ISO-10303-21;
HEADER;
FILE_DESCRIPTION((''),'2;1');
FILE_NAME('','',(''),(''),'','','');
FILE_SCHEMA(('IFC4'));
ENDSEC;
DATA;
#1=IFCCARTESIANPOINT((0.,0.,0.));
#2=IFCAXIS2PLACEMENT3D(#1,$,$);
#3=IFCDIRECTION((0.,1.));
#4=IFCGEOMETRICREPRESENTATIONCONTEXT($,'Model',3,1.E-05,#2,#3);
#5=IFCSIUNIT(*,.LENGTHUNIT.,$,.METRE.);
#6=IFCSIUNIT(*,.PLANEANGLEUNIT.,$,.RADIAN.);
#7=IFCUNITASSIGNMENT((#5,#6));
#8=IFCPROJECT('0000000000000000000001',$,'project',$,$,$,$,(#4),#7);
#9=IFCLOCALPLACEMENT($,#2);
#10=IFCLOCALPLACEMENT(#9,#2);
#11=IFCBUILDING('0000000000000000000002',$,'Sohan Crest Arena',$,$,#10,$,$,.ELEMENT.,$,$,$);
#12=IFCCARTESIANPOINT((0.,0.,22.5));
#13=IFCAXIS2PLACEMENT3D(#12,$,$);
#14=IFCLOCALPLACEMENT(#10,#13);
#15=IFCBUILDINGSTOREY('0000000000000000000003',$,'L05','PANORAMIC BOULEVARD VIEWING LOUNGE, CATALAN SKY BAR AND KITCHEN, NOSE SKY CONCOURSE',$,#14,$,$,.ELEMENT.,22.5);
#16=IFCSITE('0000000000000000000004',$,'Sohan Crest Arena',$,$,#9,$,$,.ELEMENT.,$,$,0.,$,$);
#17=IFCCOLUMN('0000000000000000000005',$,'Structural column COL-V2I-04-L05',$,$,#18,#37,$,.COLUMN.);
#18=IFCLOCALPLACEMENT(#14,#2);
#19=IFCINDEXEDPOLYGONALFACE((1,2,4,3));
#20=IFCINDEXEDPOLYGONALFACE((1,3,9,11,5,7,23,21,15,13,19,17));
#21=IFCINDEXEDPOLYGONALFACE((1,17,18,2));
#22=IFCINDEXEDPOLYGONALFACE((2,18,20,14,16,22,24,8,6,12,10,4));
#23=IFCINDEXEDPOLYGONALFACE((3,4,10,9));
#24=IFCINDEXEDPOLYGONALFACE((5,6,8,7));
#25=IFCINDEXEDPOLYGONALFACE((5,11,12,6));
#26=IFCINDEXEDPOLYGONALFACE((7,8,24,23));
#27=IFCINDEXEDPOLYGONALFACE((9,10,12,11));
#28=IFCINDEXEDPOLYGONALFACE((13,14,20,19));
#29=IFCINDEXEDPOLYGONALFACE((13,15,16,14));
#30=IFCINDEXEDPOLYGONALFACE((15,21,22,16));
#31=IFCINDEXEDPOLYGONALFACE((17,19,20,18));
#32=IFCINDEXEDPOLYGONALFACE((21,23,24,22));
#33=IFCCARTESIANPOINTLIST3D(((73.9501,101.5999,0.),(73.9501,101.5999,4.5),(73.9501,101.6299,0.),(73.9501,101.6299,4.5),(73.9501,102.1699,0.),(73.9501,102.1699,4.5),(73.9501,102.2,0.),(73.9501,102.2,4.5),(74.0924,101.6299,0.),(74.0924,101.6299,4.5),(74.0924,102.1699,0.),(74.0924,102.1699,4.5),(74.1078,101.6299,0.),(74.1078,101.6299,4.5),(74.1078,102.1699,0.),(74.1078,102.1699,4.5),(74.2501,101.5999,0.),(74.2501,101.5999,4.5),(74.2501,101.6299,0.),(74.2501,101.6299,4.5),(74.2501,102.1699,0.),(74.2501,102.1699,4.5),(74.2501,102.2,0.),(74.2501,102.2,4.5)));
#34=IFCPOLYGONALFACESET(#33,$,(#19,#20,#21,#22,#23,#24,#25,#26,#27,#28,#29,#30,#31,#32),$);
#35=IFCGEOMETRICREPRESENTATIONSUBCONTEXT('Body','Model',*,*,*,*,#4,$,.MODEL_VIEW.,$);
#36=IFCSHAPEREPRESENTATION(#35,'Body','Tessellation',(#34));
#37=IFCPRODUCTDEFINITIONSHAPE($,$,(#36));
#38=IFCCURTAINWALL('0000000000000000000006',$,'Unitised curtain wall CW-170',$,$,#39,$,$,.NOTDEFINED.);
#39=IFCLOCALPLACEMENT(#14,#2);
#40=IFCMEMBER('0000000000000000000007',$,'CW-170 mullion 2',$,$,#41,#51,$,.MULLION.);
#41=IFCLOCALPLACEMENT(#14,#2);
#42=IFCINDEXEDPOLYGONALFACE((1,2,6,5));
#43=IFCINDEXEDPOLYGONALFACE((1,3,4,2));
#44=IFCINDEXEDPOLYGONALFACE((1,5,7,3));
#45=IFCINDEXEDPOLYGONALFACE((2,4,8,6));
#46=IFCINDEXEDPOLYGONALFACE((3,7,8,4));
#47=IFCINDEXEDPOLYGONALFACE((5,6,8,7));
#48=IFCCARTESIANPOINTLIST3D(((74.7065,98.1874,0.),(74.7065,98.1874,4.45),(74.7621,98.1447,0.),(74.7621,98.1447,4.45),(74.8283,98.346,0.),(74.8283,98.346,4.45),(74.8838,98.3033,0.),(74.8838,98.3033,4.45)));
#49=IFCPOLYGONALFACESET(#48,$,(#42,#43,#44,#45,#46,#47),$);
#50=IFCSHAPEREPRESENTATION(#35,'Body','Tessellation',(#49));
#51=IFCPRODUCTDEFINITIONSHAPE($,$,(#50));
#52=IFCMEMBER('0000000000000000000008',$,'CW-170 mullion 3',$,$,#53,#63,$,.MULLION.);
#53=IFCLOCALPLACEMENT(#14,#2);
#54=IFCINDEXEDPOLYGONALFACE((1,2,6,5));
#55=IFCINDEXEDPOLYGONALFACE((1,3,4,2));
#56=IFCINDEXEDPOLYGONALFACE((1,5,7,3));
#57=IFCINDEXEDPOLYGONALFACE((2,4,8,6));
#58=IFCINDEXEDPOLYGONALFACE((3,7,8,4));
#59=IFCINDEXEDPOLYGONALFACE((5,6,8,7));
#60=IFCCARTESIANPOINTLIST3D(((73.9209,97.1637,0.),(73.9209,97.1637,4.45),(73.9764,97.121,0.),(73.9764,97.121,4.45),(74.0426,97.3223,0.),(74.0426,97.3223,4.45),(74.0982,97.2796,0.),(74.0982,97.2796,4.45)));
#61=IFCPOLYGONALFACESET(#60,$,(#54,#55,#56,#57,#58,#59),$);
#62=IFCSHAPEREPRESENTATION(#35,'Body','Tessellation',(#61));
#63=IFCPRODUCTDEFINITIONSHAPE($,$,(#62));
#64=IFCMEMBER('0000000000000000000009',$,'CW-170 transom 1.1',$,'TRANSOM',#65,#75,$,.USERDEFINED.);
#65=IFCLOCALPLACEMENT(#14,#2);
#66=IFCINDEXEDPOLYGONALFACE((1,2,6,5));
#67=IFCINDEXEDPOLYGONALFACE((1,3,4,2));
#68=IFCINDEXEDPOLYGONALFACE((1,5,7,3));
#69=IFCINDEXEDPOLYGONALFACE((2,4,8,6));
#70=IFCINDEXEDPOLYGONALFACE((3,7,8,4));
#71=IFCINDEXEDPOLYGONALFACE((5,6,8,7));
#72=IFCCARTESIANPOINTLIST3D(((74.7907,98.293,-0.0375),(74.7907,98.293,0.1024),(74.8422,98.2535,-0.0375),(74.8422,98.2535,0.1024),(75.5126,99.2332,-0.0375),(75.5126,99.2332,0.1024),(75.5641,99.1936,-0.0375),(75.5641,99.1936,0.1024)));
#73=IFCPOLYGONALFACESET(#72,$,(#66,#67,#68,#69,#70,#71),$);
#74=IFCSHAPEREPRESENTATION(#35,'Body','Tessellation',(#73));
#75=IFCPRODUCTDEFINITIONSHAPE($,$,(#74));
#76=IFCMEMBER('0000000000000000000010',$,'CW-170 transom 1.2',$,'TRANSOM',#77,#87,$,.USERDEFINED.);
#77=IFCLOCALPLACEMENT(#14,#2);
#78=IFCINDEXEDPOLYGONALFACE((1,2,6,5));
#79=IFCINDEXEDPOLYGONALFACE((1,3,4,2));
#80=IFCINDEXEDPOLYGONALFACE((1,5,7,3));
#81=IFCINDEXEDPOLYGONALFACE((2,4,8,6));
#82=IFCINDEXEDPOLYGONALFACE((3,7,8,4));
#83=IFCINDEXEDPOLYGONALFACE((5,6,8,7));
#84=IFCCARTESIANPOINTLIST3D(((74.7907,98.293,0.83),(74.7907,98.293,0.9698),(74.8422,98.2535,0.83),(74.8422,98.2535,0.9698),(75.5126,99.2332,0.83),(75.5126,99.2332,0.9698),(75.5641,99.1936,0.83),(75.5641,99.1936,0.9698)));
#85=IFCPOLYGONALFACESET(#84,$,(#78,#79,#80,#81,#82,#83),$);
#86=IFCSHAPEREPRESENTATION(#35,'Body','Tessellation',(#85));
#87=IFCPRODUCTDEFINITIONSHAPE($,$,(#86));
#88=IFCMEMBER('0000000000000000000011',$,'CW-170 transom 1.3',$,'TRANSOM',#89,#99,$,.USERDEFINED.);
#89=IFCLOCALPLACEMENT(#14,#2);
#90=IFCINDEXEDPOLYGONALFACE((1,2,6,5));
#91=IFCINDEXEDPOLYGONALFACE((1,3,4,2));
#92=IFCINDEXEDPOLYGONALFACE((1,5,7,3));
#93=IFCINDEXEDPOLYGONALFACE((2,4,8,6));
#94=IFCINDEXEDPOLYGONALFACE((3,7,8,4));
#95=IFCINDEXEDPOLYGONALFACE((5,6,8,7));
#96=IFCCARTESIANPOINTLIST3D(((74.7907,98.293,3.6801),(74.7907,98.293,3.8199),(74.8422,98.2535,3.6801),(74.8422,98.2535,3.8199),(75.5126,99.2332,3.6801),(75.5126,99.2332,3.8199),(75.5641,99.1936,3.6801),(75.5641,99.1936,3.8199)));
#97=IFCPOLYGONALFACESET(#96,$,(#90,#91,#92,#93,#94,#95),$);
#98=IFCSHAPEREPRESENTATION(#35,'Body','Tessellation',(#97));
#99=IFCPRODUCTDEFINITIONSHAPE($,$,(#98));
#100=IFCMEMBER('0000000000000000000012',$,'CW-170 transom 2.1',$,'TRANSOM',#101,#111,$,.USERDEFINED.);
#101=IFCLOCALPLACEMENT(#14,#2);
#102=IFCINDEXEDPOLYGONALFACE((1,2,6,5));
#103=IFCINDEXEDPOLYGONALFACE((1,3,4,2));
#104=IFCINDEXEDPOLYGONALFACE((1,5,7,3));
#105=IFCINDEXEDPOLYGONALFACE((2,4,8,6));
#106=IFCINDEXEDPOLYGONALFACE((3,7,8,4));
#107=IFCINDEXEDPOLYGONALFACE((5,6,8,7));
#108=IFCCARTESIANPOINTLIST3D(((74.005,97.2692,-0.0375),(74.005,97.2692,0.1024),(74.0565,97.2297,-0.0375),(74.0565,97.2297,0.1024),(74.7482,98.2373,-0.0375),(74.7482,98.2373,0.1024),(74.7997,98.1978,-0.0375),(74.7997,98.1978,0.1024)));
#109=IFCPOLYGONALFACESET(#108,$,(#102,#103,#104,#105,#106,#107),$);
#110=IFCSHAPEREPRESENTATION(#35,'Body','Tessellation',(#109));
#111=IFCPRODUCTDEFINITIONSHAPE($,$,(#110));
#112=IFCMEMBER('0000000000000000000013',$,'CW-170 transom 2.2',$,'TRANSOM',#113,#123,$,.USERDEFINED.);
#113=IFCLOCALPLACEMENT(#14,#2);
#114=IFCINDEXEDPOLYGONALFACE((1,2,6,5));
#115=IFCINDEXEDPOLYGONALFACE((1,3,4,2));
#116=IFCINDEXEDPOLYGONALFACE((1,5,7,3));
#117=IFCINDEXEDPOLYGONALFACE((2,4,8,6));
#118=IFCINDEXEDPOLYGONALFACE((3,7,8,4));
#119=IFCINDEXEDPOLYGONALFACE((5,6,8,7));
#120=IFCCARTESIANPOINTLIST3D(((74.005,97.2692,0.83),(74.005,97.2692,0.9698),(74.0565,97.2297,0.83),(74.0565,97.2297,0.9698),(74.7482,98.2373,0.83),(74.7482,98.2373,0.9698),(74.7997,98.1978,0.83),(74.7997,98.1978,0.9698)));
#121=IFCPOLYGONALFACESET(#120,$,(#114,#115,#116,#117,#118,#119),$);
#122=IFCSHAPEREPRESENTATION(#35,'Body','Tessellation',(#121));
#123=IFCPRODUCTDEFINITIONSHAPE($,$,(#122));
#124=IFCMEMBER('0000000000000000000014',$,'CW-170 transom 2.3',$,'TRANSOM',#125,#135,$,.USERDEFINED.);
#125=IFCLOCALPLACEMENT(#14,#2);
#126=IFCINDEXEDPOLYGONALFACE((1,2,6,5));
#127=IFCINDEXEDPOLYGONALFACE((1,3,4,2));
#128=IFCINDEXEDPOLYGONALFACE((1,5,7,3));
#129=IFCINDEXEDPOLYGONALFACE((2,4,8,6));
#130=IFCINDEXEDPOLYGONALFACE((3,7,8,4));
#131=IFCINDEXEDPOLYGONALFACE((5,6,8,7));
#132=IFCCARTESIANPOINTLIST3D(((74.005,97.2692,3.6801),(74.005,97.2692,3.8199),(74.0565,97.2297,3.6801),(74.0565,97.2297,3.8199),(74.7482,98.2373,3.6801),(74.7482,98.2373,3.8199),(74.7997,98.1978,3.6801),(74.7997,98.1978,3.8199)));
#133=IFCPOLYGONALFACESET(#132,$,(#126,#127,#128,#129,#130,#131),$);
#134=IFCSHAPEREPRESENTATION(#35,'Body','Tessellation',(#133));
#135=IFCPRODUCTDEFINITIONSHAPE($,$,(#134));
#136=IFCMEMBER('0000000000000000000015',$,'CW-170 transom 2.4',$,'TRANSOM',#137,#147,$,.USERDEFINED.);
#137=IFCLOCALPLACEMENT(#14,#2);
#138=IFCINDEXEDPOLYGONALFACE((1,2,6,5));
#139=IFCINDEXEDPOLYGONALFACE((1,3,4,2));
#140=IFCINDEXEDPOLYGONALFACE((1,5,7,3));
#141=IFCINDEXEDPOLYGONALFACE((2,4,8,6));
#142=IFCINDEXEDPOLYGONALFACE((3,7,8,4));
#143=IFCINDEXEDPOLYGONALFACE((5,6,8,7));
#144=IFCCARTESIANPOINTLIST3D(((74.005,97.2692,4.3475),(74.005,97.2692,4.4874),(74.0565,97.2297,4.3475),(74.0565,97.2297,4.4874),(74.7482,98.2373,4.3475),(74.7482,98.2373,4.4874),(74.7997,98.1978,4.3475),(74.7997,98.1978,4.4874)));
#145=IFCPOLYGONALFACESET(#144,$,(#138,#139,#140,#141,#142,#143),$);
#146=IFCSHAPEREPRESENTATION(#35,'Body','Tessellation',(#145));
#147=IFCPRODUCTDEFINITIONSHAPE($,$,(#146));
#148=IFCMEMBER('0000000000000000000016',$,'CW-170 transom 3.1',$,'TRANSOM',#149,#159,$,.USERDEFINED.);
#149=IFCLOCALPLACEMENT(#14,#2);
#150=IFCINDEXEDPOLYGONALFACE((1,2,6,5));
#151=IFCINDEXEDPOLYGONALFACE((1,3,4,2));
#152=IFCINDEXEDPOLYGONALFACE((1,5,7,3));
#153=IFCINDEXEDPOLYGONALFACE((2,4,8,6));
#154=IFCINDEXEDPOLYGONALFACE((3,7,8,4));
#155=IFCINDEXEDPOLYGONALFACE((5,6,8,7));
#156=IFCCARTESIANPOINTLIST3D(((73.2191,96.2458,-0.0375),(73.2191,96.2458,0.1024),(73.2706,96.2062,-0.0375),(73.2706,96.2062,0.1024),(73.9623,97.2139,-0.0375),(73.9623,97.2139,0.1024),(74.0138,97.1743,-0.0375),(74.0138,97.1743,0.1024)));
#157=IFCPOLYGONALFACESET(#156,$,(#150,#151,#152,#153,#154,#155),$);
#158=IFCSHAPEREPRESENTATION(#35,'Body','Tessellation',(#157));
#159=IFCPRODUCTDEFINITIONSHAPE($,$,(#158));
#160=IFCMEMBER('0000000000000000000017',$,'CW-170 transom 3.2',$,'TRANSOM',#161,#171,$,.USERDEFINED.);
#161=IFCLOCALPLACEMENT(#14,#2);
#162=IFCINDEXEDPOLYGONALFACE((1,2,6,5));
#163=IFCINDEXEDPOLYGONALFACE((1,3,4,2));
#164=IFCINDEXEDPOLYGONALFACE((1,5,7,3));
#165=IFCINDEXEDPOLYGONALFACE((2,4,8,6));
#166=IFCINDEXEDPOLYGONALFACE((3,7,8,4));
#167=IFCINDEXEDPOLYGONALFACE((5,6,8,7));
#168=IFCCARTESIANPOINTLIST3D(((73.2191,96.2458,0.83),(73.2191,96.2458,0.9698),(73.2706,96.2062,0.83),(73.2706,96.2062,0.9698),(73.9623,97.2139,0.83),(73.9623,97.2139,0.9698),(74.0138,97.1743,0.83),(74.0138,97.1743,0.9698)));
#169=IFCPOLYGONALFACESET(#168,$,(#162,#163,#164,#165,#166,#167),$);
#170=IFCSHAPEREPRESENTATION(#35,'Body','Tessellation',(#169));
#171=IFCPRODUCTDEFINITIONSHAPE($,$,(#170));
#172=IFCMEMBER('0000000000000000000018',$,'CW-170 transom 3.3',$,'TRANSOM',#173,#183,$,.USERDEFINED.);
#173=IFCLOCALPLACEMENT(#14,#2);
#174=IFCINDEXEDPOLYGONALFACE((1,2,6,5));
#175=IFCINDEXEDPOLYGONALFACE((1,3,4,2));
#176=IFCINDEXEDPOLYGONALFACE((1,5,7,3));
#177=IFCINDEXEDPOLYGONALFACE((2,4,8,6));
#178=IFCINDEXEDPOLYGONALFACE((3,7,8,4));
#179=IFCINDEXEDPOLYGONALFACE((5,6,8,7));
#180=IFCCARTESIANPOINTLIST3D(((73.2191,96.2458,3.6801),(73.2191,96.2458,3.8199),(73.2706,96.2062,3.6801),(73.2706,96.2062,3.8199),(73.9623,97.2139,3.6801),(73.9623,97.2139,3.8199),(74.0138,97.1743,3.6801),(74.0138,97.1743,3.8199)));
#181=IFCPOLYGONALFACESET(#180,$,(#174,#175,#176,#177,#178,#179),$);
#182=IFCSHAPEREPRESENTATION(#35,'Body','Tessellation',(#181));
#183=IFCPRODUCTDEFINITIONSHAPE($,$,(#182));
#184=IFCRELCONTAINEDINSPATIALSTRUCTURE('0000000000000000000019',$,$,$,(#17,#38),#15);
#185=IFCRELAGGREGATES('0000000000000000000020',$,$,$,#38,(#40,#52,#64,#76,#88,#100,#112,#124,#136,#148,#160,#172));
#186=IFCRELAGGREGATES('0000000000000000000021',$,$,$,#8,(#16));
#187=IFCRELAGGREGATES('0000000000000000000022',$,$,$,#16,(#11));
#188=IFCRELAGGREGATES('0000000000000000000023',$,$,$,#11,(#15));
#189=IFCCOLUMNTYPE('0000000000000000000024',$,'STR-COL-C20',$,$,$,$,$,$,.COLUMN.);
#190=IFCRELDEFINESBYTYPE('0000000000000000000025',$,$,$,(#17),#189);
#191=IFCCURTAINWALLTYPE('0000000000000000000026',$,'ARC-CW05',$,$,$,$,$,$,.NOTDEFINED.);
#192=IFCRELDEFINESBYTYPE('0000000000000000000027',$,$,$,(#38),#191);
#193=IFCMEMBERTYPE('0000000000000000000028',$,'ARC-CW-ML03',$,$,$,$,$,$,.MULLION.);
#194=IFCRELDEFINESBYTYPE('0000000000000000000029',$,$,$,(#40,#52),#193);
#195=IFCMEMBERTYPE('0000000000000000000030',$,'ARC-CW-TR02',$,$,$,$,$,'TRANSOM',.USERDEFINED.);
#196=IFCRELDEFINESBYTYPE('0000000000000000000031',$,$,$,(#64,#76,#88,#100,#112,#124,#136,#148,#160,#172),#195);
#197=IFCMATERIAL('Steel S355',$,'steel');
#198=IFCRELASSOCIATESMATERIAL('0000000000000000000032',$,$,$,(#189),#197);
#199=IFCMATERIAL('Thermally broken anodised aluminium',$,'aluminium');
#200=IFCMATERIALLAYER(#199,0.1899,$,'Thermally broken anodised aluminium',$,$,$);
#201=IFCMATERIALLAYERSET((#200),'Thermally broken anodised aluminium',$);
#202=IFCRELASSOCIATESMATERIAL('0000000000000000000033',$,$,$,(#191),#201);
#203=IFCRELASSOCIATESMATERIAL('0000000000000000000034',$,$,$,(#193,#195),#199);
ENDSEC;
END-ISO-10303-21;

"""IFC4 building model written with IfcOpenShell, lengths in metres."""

from ifc_helpers import new_model, si_unit, direction, frame, origin, origin_2d, place, context, subcontext, project, spatial, rectangle, i_section, extrude, material, layer, layer_set, material_profile, profile_set, type_object, element, aggregate, save


model = new_model("IFC4")

# Units and contexts
model_context = context("Model", 3, precision=1e-05, world=origin(), true_north=direction((0.0, 1.0)))
body_context = subcontext(model_context, "Body", "Model", "MODEL_VIEW")
ifc_project = project(units=[si_unit("LENGTHUNIT", "METRE"), si_unit("PLANEANGLEUNIT", "RADIAN")], contexts=[model_context])

# Site, building, storey
site_placement = place(None, origin())
site = spatial("IfcSite", under=ifc_project, at=site_placement, Name="Sohan Crest Arena", CompositionType="ELEMENT", RefElevation=0.0)
building_placement = place(site_placement, origin())
building = spatial("IfcBuilding", under=site, at=building_placement, Name="Sohan Crest Arena", CompositionType="ELEMENT")
storey_placement = place(building_placement, frame((0.0, 0.0, 22.5)))
storey = spatial("IfcBuildingStorey", under=building, at=storey_placement, Name="L05", Description="PANORAMIC BOULEVARD VIEWING LOUNGE, CATALAN SKY BAR AND KITCHEN, NOSE SKY CONCOURSE", CompositionType="ELEMENT", Elevation=22.5)

# Column
ifc_material_1 = material(Name="Steel S355", Category="steel")
ifc_material_profile_1 = material_profile(ifc_material_1, i_section(OverallWidth=0.3, OverallDepth=0.6001, WebThickness=0.0154, FlangeThickness=0.03, at=origin_2d()), Name="HEB 600")
ifc_profile_set_1 = profile_set([ifc_material_profile_1], Name="Steel S355")
column_type = type_object("IfcColumnType", Name="STR-COL-C20", PredefinedType="COLUMN", material=ifc_profile_set_1)
column_placement = place(storey_placement, frame((74.1001, 101.8999, 0.0), z_axis=(0.0, 0.0, 1.0), x_axis=(1.0, 0.0, 0.0)))
element("IfcColumn", 1, at=column_placement, inside=storey, type_object=column_type, Name="Structural column COL-V2I-04-L05", PredefinedType="COLUMN", context=body_context, shape_type="SweptSolid", body=[
    extrude(i_section(OverallWidth=0.3, OverallDepth=0.6001, WebThickness=0.0154, FlangeThickness=0.03, at=origin_2d()), origin(), (0.0, 0.0, 1.0), 4.5),
])

# Curtain wall, members
ifc_material_2 = material(Name="Thermally broken anodised aluminium", Category="aluminium")
ifc_layer_1 = layer(ifc_material_2, 0.1899, Name="Thermally broken anodised aluminium")
ifc_layer_set_1 = layer_set([ifc_layer_1], Name="Thermally broken anodised aluminium")
curtain_wall_type = type_object("IfcCurtainWallType", Name="ARC-CW05", PredefinedType="NOTDEFINED", material=ifc_layer_set_1)
curtain_wall_placement = place(storey_placement, origin())
curtain_wall = element("IfcCurtainWall", 2, at=curtain_wall_placement, inside=storey, type_object=curtain_wall_type, Name="Unitised curtain wall CW-170", PredefinedType="NOTDEFINED")
ifc_material_profile_2 = material_profile(ifc_material_2, rectangle(XDim=0.0701, YDim=0.2, at=origin_2d()), Name="ALU-MULL 70x200")
ifc_profile_set_2 = profile_set([ifc_material_profile_2], Name="Thermally broken anodised aluminium")
member_type_1 = type_object("IfcMemberType", Name="ARC-CW-ML03", PredefinedType="MULLION", material=ifc_profile_set_2)
member_1_placement = place(storey_placement, frame((74.7952, 98.2454, 0.0), z_axis=(0.0, 0.0, 1.0), x_axis=(0.793217, -0.608939, 0.0)))
member_1 = element("IfcMember", 3, at=member_1_placement, type_object=member_type_1, Name="CW-170 mullion 2", PredefinedType="MULLION", context=body_context, shape_type="SweptSolid", body=[
    extrude(rectangle(XDim=0.0701, YDim=0.2, at=origin_2d()), origin(), (0.0, 0.0, 1.0), 4.45),
])
member_2_placement = place(storey_placement, frame((74.0095, 97.2217, 0.0), z_axis=(0.0, 0.0, 1.0), x_axis=(0.793217, -0.608939, 0.0)))
member_2 = element("IfcMember", 4, at=member_2_placement, type_object=member_type_1, Name="CW-170 mullion 3", PredefinedType="MULLION", context=body_context, shape_type="SweptSolid", body=[
    extrude(rectangle(XDim=0.0701, YDim=0.2, at=origin_2d()), origin(), (0.0, 0.0, 1.0), 4.45),
])
ifc_material_profile_3 = material_profile(ifc_material_2, rectangle(XDim=0.0649, YDim=0.1399, at=origin_2d()), Name="ALU-TRAN 65x140")
ifc_profile_set_3 = profile_set([ifc_material_profile_3], Name="Thermally broken anodised aluminium")
member_type_2 = type_object("IfcMemberType", Name="ARC-CW-TR02", ElementType="TRANSOM", PredefinedType="USERDEFINED", material=ifc_profile_set_3)
member_3_placement = place(storey_placement, frame((75.5383, 99.2134, 0.0325), z_axis=(-0.609024, -0.793152, 0.0), x_axis=(0.793152, -0.609024, 0.0)))
member_3 = element("IfcMember", 5, at=member_3_placement, type_object=member_type_2, Name="CW-170 transom 1.1", ObjectType="TRANSOM", PredefinedType="USERDEFINED", context=body_context, shape_type="SweptSolid", body=[
    extrude(rectangle(XDim=0.0649, YDim=0.1399, at=origin_2d()), origin(), (0.0, 0.0, 1.0), 1.1853),
])
member_4_placement = place(storey_placement, frame((75.5383, 99.2134, 0.8999), z_axis=(-0.609024, -0.793152, 0.0), x_axis=(0.793152, -0.609024, 0.0)))
member_4 = element("IfcMember", 6, at=member_4_placement, type_object=member_type_2, Name="CW-170 transom 1.2", ObjectType="TRANSOM", PredefinedType="USERDEFINED", context=body_context, shape_type="SweptSolid", body=[
    extrude(rectangle(XDim=0.0649, YDim=0.1399, at=origin_2d()), origin(), (0.0, 0.0, 1.0), 1.1853),
])
member_5_placement = place(storey_placement, frame((75.5383, 99.2134, 3.75), z_axis=(-0.609024, -0.793152, 0.0), x_axis=(0.793152, -0.609024, 0.0)))
member_5 = element("IfcMember", 7, at=member_5_placement, type_object=member_type_2, Name="CW-170 transom 1.3", ObjectType="TRANSOM", PredefinedType="USERDEFINED", context=body_context, shape_type="SweptSolid", body=[
    extrude(rectangle(XDim=0.0649, YDim=0.1399, at=origin_2d()), origin(), (0.0, 0.0, 1.0), 1.1853),
])
member_6_placement = place(storey_placement, frame((74.7739, 98.2175, 0.0325), z_axis=(-0.608956, -0.793204, 0.0), x_axis=(0.793204, -0.608956, 0.0)))
member_6 = element("IfcMember", 8, at=member_6_placement, type_object=member_type_2, Name="CW-170 transom 2.1", ObjectType="TRANSOM", PredefinedType="USERDEFINED", context=body_context, shape_type="SweptSolid", body=[
    extrude(rectangle(XDim=0.0649, YDim=0.1399, at=origin_2d()), origin(), (0.0, 0.0, 1.0), 1.2205),
])
member_7_placement = place(storey_placement, frame((74.7739, 98.2175, 0.8999), z_axis=(-0.608956, -0.793204, 0.0), x_axis=(0.793204, -0.608956, 0.0)))
member_7 = element("IfcMember", 9, at=member_7_placement, type_object=member_type_2, Name="CW-170 transom 2.2", ObjectType="TRANSOM", PredefinedType="USERDEFINED", context=body_context, shape_type="SweptSolid", body=[
    extrude(rectangle(XDim=0.0649, YDim=0.1399, at=origin_2d()), origin(), (0.0, 0.0, 1.0), 1.2205),
])
member_8_placement = place(storey_placement, frame((74.7739, 98.2175, 3.75), z_axis=(-0.608956, -0.793204, 0.0), x_axis=(0.793204, -0.608956, 0.0)))
member_8 = element("IfcMember", 10, at=member_8_placement, type_object=member_type_2, Name="CW-170 transom 2.3", ObjectType="TRANSOM", PredefinedType="USERDEFINED", context=body_context, shape_type="SweptSolid", body=[
    extrude(rectangle(XDim=0.0649, YDim=0.1399, at=origin_2d()), origin(), (0.0, 0.0, 1.0), 1.2205),
])
member_9_placement = place(storey_placement, frame((74.7739, 98.2175, 4.4175), z_axis=(-0.608956, -0.793204, 0.0), x_axis=(0.793204, -0.608956, 0.0)))
member_9 = element("IfcMember", 11, at=member_9_placement, type_object=member_type_2, Name="CW-170 transom 2.4", ObjectType="TRANSOM", PredefinedType="USERDEFINED", context=body_context, shape_type="SweptSolid", body=[
    extrude(rectangle(XDim=0.0649, YDim=0.1399, at=origin_2d()), origin(), (0.0, 0.0, 1.0), 1.2205),
])
member_10_placement = place(storey_placement, frame((73.988, 97.1941, 0.0325), z_axis=(-0.608956, -0.793204, 0.0), x_axis=(0.793204, -0.608956, 0.0)))
member_10 = element("IfcMember", 12, at=member_10_placement, type_object=member_type_2, Name="CW-170 transom 3.1", ObjectType="TRANSOM", PredefinedType="USERDEFINED", context=body_context, shape_type="SweptSolid", body=[
    extrude(rectangle(XDim=0.0649, YDim=0.1399, at=origin_2d()), origin(), (0.0, 0.0, 1.0), 1.2205),
])
member_11_placement = place(storey_placement, frame((73.988, 97.1941, 0.8999), z_axis=(-0.608956, -0.793204, 0.0), x_axis=(0.793204, -0.608956, 0.0)))
member_11 = element("IfcMember", 13, at=member_11_placement, type_object=member_type_2, Name="CW-170 transom 3.2", ObjectType="TRANSOM", PredefinedType="USERDEFINED", context=body_context, shape_type="SweptSolid", body=[
    extrude(rectangle(XDim=0.0649, YDim=0.1399, at=origin_2d()), origin(), (0.0, 0.0, 1.0), 1.2205),
])
member_12_placement = place(storey_placement, frame((73.988, 97.1941, 3.75), z_axis=(-0.608956, -0.793204, 0.0), x_axis=(0.793204, -0.608956, 0.0)))
member_12 = element("IfcMember", 14, at=member_12_placement, type_object=member_type_2, Name="CW-170 transom 3.3", ObjectType="TRANSOM", PredefinedType="USERDEFINED", context=body_context, shape_type="SweptSolid", body=[
    extrude(rectangle(XDim=0.0649, YDim=0.1399, at=origin_2d()), origin(), (0.0, 0.0, 1.0), 1.2205),
])

aggregate(curtain_wall, [member_1, member_2, member_3, member_4, member_5, member_6, member_7, member_8, member_9, member_10, member_11, member_12])

save(model, "model.ifc")
